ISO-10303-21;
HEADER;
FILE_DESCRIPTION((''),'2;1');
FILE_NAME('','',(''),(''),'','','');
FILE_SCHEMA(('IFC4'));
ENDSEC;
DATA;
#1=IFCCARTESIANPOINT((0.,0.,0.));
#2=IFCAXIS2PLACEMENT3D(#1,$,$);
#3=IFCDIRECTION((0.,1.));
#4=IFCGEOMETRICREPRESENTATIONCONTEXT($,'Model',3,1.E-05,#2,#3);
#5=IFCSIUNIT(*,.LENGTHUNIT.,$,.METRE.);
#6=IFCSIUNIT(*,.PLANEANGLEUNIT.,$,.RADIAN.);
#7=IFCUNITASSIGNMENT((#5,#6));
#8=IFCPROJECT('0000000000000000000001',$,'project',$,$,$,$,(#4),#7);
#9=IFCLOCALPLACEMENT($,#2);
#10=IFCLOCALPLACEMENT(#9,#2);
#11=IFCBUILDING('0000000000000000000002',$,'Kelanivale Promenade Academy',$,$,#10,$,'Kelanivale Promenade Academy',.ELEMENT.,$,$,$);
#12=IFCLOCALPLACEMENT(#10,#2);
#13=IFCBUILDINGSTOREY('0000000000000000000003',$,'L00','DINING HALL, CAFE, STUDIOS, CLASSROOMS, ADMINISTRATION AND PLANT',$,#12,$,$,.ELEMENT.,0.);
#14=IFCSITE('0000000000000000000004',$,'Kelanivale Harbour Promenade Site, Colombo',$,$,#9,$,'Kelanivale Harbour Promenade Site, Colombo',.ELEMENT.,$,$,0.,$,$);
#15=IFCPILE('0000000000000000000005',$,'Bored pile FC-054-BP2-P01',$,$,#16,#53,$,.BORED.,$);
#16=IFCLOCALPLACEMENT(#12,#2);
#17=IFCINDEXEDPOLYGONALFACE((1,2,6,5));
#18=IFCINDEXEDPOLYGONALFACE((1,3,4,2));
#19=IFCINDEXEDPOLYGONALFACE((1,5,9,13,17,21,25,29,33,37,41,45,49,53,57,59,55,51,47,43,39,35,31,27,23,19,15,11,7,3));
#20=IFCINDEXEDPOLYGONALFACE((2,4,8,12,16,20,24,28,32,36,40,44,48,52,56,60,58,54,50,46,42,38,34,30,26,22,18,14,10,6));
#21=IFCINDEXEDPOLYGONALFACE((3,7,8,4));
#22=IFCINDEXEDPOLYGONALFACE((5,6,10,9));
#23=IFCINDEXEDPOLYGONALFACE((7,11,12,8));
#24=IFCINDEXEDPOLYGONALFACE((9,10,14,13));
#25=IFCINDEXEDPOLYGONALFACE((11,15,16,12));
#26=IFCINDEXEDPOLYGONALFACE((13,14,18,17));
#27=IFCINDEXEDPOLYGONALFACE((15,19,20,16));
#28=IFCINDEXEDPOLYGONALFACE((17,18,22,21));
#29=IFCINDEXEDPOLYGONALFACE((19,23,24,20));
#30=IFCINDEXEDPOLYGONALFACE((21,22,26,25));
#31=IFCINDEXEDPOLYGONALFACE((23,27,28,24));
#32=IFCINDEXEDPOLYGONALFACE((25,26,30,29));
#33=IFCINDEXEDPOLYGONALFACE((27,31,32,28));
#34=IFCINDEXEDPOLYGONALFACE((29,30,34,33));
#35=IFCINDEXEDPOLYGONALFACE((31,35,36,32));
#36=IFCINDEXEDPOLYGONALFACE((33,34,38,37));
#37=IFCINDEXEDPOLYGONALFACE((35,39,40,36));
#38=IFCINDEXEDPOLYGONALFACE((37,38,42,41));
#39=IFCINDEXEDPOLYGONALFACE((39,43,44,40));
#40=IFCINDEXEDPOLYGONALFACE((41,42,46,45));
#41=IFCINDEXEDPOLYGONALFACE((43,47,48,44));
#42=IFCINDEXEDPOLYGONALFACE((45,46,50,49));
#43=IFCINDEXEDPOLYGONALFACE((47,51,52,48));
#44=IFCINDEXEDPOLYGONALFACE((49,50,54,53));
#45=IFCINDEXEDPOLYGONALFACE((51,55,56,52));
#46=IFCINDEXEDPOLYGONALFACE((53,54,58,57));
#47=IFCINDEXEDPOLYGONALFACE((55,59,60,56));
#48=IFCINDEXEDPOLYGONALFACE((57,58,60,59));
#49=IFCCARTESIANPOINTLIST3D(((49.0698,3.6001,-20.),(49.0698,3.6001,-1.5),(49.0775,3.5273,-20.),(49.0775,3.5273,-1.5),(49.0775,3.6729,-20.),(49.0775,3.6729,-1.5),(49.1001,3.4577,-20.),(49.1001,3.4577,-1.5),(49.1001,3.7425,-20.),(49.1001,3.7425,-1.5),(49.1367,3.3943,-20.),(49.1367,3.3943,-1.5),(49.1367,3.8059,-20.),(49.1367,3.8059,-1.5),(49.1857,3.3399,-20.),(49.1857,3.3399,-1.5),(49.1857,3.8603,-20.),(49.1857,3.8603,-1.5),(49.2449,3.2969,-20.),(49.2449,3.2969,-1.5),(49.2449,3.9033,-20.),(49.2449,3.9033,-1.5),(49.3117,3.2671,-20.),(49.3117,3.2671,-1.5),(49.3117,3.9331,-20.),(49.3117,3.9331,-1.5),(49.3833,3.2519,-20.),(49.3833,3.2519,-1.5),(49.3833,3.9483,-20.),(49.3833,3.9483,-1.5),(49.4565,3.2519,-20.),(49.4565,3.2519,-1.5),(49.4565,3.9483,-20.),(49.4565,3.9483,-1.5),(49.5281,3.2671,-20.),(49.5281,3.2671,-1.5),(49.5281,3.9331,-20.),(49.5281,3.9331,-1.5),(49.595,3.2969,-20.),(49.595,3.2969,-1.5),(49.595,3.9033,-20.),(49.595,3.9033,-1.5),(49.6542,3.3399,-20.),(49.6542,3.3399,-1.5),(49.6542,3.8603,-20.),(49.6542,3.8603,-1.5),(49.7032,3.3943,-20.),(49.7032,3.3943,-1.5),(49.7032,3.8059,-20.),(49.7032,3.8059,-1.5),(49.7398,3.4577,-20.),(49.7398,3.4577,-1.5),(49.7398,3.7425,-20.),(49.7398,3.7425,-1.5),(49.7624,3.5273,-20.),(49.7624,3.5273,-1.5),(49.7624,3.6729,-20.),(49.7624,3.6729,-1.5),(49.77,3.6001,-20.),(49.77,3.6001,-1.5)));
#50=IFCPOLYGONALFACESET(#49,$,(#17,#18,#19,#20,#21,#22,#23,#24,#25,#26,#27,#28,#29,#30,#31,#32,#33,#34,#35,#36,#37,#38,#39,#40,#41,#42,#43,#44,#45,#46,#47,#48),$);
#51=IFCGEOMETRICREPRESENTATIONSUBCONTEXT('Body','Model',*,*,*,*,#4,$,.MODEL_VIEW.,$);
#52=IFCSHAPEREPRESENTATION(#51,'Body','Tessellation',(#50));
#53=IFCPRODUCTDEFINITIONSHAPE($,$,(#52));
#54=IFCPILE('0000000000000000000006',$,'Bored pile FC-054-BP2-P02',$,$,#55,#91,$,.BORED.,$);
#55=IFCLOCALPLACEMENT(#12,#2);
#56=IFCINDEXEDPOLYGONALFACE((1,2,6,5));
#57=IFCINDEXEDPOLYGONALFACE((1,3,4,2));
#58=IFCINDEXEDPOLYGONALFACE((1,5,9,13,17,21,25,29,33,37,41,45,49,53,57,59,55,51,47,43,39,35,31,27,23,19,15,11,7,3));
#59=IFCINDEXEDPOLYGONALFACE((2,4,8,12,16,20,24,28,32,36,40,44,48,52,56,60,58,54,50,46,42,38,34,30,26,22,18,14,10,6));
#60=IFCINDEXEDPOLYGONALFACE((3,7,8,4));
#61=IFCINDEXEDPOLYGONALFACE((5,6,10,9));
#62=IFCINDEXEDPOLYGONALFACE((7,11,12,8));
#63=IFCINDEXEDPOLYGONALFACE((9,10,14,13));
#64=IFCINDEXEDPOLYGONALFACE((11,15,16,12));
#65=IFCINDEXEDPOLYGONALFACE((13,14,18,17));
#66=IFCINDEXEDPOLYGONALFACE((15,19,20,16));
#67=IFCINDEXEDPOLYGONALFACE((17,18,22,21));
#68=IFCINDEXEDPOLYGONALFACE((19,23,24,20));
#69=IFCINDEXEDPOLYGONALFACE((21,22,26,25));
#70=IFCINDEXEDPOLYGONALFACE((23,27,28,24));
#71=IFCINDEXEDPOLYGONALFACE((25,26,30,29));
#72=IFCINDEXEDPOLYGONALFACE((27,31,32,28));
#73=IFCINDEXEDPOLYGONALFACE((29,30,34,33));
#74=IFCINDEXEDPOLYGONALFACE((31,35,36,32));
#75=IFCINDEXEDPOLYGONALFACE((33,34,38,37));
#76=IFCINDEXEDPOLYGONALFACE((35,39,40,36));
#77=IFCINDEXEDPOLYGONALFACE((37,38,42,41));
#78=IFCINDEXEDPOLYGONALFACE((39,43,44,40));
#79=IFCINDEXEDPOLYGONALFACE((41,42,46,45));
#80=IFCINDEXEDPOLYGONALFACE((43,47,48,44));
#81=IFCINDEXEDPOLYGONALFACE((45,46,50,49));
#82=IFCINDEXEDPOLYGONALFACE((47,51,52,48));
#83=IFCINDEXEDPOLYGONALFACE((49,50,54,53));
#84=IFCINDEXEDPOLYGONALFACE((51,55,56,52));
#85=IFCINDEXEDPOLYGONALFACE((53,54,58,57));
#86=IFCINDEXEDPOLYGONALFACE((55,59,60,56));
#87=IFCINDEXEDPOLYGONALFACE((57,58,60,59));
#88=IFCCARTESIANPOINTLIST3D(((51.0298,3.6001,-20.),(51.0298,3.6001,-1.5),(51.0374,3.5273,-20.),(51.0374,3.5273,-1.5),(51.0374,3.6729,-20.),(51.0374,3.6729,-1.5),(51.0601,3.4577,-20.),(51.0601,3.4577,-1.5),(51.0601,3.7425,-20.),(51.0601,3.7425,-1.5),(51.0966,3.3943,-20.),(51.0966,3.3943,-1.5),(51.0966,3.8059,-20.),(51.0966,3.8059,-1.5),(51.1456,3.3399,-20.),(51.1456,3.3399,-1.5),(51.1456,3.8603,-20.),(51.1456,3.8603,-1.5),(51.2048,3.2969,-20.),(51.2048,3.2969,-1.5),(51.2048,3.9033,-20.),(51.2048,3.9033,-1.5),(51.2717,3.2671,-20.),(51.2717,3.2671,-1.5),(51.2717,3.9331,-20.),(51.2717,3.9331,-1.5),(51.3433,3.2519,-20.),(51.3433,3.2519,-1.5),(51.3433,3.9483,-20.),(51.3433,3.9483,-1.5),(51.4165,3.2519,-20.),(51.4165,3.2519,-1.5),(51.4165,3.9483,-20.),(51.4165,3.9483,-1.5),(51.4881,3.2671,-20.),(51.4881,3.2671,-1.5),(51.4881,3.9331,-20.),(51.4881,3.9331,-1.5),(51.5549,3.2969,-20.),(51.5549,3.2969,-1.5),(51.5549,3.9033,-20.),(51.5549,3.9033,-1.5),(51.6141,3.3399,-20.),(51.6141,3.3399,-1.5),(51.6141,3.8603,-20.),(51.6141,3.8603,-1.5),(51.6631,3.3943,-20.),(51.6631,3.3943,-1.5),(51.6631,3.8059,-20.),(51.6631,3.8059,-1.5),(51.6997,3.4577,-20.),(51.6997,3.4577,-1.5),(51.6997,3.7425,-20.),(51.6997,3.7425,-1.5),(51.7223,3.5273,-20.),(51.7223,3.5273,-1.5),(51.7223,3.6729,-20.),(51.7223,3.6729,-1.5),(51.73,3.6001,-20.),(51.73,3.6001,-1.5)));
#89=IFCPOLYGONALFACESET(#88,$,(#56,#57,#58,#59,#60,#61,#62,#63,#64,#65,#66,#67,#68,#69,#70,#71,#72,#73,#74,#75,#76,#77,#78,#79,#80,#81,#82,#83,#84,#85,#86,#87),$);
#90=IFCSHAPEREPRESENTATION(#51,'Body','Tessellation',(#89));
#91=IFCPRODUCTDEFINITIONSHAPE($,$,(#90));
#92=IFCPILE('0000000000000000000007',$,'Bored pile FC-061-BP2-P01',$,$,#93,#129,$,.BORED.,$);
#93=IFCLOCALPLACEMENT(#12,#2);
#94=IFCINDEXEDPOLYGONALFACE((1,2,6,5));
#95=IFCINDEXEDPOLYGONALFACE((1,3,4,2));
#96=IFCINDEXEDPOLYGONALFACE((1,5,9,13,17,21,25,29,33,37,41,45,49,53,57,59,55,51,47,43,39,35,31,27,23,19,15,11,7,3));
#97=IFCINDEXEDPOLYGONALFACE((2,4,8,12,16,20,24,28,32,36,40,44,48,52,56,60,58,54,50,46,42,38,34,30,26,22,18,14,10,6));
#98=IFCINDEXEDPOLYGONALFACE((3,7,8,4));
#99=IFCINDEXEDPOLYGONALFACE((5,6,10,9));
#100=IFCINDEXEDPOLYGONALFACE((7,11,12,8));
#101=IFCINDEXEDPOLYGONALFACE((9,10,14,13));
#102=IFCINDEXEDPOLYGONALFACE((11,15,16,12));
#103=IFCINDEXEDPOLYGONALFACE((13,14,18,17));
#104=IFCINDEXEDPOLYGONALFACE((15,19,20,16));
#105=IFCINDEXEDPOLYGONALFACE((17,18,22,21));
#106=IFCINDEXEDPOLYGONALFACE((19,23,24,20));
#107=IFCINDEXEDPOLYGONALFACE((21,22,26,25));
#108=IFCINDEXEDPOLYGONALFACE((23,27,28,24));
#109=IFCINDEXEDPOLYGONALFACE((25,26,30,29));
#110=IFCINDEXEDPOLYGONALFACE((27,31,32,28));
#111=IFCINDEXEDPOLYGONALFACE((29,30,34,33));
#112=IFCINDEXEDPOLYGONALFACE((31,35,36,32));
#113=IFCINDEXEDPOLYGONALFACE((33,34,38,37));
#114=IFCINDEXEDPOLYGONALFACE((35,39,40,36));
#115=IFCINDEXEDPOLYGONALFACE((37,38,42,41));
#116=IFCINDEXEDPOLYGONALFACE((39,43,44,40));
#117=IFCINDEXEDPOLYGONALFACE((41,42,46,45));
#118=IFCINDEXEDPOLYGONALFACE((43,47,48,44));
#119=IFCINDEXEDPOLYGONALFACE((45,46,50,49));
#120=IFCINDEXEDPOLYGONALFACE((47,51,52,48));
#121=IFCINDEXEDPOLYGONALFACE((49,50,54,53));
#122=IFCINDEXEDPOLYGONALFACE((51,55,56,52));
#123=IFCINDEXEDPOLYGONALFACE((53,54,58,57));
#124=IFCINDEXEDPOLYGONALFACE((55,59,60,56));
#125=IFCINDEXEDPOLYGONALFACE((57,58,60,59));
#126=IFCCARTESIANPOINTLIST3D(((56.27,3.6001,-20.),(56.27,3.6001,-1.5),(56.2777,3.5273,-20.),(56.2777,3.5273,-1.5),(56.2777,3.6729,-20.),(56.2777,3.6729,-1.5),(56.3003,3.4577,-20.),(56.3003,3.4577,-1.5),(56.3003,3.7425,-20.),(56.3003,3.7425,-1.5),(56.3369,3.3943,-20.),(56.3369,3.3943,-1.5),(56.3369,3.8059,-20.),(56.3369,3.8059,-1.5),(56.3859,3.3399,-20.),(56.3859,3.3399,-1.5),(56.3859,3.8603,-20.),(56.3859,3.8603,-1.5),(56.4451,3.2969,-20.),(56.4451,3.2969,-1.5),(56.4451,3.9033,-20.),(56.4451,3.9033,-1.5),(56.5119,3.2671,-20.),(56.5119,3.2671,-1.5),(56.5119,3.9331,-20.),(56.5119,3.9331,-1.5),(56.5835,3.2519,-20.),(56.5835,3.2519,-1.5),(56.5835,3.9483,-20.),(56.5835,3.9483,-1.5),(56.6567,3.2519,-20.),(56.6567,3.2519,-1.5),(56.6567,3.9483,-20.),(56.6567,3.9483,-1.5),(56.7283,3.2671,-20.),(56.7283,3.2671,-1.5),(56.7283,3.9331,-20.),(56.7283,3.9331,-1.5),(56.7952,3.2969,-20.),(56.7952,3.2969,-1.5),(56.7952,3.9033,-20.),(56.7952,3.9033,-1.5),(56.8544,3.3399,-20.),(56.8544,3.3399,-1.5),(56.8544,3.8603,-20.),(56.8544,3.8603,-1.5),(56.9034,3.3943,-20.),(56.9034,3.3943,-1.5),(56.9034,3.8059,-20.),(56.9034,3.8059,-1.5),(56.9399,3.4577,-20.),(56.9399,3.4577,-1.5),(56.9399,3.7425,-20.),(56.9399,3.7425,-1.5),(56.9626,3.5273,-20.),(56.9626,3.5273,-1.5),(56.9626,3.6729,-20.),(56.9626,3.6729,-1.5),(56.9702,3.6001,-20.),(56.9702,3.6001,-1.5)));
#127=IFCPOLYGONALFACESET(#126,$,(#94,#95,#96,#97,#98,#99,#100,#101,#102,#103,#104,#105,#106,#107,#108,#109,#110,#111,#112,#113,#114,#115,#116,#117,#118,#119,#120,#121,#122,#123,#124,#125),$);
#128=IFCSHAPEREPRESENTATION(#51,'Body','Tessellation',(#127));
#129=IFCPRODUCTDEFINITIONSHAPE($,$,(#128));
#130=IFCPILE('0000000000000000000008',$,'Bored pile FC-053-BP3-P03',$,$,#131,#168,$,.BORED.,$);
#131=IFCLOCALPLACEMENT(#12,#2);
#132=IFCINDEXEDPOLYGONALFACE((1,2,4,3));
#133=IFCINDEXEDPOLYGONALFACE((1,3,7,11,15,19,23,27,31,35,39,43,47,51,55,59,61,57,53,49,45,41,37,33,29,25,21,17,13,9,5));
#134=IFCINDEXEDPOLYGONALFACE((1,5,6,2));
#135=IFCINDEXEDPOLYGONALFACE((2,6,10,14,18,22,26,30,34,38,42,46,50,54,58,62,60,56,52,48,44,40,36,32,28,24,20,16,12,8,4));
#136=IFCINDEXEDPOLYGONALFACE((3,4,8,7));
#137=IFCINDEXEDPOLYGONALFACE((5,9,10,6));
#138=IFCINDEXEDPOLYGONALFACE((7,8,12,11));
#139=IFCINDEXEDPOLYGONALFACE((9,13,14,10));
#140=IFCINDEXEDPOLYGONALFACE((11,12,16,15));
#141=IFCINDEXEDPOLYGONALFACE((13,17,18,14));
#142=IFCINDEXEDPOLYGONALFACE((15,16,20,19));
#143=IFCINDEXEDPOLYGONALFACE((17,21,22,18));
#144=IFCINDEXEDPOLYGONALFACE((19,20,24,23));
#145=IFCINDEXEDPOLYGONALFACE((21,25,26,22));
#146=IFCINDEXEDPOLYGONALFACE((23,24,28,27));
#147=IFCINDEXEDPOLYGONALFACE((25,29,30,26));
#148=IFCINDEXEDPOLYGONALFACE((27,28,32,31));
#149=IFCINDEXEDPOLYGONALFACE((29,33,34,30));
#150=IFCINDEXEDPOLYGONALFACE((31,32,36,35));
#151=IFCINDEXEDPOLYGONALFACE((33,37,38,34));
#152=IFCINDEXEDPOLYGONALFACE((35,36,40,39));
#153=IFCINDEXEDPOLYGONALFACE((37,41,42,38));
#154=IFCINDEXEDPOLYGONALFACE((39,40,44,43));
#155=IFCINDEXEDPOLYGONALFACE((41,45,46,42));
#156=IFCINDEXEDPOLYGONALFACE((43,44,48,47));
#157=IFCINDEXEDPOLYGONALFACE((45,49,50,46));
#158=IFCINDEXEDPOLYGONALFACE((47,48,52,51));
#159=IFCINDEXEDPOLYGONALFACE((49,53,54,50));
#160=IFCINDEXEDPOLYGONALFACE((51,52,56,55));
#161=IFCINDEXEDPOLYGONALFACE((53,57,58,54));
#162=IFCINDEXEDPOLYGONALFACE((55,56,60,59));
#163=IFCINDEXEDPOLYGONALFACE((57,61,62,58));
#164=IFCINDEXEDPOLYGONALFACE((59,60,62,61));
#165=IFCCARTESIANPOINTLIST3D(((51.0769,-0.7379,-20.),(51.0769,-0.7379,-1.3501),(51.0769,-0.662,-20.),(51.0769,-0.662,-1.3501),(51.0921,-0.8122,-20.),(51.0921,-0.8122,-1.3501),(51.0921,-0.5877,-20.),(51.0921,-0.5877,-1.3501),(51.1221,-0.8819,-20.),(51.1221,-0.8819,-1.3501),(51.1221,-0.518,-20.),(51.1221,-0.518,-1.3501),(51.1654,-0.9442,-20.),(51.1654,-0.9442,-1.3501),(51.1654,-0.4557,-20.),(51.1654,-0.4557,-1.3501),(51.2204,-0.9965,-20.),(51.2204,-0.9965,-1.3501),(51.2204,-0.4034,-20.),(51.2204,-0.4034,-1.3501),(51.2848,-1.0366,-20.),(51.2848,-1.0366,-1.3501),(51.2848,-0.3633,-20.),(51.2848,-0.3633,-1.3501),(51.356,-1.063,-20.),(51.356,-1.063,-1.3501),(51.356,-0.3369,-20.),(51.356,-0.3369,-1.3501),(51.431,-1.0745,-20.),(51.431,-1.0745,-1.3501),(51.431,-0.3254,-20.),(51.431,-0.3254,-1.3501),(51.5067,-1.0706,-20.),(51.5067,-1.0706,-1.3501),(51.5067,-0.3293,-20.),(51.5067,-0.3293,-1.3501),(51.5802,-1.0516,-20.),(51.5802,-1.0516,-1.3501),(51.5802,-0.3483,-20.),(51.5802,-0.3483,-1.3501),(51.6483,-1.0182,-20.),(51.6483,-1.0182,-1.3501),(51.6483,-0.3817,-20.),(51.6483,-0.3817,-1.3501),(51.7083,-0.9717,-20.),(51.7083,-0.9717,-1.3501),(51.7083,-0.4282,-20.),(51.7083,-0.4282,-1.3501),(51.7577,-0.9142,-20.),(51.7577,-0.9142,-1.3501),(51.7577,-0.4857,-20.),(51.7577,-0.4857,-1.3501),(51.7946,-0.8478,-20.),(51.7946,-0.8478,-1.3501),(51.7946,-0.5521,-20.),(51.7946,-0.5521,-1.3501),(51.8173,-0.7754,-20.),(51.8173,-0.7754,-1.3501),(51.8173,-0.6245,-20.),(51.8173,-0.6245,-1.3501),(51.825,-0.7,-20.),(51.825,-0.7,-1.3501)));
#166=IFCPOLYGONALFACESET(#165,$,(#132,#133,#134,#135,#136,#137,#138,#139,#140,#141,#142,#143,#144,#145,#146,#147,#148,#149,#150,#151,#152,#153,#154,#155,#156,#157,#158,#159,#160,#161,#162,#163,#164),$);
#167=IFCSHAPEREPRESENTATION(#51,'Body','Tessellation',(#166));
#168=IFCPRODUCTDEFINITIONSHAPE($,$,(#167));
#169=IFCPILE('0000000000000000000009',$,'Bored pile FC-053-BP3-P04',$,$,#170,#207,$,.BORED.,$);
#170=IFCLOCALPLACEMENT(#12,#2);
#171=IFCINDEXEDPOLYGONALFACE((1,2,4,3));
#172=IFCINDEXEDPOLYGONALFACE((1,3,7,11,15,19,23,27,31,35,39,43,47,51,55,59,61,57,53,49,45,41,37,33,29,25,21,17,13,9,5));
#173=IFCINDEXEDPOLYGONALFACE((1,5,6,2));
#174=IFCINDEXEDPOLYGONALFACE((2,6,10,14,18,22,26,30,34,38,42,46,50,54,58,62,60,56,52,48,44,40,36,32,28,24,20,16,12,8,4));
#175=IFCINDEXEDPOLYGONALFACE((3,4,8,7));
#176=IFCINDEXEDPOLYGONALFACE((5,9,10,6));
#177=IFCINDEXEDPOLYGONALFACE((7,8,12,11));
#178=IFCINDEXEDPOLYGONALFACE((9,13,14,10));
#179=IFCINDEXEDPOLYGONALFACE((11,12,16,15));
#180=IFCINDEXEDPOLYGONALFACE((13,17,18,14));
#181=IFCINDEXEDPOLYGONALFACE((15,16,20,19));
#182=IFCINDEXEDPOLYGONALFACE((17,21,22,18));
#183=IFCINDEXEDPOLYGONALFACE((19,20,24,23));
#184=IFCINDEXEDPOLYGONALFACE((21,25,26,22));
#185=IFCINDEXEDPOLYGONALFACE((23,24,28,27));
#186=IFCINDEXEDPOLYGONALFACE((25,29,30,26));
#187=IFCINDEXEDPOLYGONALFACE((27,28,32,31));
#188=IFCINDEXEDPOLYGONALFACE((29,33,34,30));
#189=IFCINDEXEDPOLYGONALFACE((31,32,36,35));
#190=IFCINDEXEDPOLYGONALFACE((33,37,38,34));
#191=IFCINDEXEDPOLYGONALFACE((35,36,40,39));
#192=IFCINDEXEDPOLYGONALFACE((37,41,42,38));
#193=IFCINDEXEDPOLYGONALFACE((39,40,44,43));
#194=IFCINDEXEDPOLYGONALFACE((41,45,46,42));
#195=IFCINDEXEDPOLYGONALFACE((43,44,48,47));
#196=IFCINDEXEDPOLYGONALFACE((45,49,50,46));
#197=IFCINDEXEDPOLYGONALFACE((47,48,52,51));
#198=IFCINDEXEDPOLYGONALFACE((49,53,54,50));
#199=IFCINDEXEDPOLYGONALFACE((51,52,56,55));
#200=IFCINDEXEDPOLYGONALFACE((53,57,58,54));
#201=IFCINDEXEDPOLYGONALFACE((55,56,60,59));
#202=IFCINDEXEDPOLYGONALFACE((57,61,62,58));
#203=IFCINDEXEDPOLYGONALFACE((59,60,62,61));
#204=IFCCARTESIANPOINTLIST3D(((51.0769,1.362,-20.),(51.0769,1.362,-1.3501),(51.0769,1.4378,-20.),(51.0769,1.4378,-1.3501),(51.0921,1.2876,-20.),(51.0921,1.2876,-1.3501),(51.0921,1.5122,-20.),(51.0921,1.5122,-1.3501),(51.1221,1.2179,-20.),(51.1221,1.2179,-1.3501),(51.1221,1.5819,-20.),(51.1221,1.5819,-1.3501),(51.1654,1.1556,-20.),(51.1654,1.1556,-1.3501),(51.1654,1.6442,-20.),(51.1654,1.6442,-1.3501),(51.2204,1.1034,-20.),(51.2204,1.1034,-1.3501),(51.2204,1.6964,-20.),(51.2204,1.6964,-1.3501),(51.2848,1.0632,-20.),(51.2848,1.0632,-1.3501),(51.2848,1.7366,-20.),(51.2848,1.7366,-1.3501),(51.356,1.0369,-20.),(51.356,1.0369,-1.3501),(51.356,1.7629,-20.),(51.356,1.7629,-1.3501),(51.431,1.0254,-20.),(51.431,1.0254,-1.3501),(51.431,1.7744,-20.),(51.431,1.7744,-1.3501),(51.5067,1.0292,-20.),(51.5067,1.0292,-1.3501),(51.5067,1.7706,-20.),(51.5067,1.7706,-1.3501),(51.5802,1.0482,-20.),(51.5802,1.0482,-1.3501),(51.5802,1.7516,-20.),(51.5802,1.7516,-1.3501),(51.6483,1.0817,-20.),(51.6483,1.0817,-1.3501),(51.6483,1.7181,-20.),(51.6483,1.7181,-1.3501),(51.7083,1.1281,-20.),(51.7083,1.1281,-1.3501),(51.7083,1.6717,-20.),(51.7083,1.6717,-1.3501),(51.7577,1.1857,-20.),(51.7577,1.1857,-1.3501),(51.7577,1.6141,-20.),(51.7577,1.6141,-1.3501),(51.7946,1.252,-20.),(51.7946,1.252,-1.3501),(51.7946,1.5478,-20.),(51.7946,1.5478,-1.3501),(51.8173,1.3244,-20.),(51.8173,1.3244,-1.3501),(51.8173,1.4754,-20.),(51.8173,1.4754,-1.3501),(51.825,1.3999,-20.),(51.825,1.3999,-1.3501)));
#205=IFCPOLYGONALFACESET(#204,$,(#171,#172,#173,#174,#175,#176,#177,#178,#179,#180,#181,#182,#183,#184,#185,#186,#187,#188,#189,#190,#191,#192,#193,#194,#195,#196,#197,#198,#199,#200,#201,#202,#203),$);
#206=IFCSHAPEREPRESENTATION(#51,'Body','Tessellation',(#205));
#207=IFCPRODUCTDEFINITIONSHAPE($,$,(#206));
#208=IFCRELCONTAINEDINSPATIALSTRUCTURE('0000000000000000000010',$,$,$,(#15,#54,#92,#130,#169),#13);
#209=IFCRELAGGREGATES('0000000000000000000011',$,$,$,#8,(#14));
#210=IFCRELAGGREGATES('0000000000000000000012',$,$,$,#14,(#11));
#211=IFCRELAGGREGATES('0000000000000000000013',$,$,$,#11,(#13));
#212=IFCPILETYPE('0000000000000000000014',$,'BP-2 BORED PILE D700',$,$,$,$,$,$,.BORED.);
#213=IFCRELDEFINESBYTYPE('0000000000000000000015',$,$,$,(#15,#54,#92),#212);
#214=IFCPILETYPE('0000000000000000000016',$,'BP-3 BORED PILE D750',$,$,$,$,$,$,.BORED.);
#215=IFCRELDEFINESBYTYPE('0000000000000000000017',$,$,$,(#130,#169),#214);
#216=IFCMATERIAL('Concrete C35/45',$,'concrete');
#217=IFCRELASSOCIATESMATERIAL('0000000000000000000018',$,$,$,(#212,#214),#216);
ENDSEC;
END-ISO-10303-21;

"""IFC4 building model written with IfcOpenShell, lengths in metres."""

from ifc_helpers import new_model, si_unit, direction, frame, origin, origin_2d, place, context, subcontext, project, spatial, circle, extrude, material, material_profile, profile_set, type_object, element, save


model = new_model("IFC4")

# Units and contexts
model_context = context("Model", 3, precision=1e-05, world=origin(), true_north=direction((0.0, 1.0)))
body_context = subcontext(model_context, "Body", "Model", "MODEL_VIEW")
ifc_project = project(units=[si_unit("LENGTHUNIT", "METRE"), si_unit("PLANEANGLEUNIT", "RADIAN")], contexts=[model_context])

# Site, building, storey
site_placement = place(None, origin())
site = spatial("IfcSite", under=ifc_project, at=site_placement, Name="Kelanivale Harbour Promenade Site, Colombo", LongName="Kelanivale Harbour Promenade Site, Colombo", CompositionType="ELEMENT", RefElevation=0.0)
building_placement = place(site_placement, origin())
building = spatial("IfcBuilding", under=site, at=building_placement, Name="Kelanivale Promenade Academy", LongName="Kelanivale Promenade Academy", CompositionType="ELEMENT")
storey_placement = place(building_placement, origin())
storey = spatial("IfcBuildingStorey", under=building, at=storey_placement, Name="L00", Description="DINING HALL, CAFE, STUDIOS, CLASSROOMS, ADMINISTRATION AND PLANT", CompositionType="ELEMENT", Elevation=0.0)

# Piles
ifc_material_1 = material(Name="Concrete C35/45", Category="concrete")
ifc_material_profile_1 = material_profile(ifc_material_1, circle(Radius=0.3501, at=origin_2d()), Name="BORED PILE D700")
ifc_profile_set_1 = profile_set([ifc_material_profile_1], Name="Concrete C35/45")
pile_type_1 = type_object("IfcPileType", Name="BP-2 BORED PILE D700", PredefinedType="BORED", material=ifc_profile_set_1)
for number, where, z_axis, x_axis, name in (
    (1, (49.4199, 3.6001, -1.5), (0.0, 0.0, -1.0), (1.0, 0.0, 0.0), "Bored pile FC-054-BP2-P01"),
    (2, (51.3799, 3.6001, -1.5), (0.0, 0.0, -1.0), (1.0, 0.0, 0.0), "Bored pile FC-054-BP2-P02"),
    (3, (56.6201, 3.6001, -1.5), (0.0, 0.0, -1.0), (1.0, 0.0, 0.0), "Bored pile FC-061-BP2-P01"),
):
    element("IfcPile", number, at=place(storey_placement, frame(where, z_axis=z_axis, x_axis=x_axis)), inside=storey, type_object=pile_type_1, Name=name, PredefinedType="BORED", context=body_context, shape_type="SweptSolid", body=[
        extrude(circle(Radius=0.3501, at=origin_2d()), origin(), (0.0, 0.0, 1.0), 18.5),
    ])
ifc_material_profile_2 = material_profile(ifc_material_1, circle(Radius=0.375, at=origin_2d()), Name="BORED PILE D750")
ifc_profile_set_2 = profile_set([ifc_material_profile_2], Name="Concrete C35/45")
pile_type_2 = type_object("IfcPileType", Name="BP-3 BORED PILE D750", PredefinedType="BORED", material=ifc_profile_set_2)
for number, where, z_axis, x_axis, name in (
    (4, (51.45, -0.7, -1.3501), (0.0, 0.0, -1.0), (1.0, 0.0, 0.0), "Bored pile FC-053-BP3-P03"),
    (5, (51.45, 1.3999, -1.3501), (0.0, 0.0, -1.0), (1.0, 0.0, 0.0), "Bored pile FC-053-BP3-P04"),
):
    element("IfcPile", number, at=place(storey_placement, frame(where, z_axis=z_axis, x_axis=x_axis)), inside=storey, type_object=pile_type_2, Name=name, PredefinedType="BORED", context=body_context, shape_type="SweptSolid", body=[
        extrude(circle(Radius=0.375, at=origin_2d()), origin(), (0.0, 0.0, 1.0), 18.6499),
    ])

save(model, "model.ifc")
